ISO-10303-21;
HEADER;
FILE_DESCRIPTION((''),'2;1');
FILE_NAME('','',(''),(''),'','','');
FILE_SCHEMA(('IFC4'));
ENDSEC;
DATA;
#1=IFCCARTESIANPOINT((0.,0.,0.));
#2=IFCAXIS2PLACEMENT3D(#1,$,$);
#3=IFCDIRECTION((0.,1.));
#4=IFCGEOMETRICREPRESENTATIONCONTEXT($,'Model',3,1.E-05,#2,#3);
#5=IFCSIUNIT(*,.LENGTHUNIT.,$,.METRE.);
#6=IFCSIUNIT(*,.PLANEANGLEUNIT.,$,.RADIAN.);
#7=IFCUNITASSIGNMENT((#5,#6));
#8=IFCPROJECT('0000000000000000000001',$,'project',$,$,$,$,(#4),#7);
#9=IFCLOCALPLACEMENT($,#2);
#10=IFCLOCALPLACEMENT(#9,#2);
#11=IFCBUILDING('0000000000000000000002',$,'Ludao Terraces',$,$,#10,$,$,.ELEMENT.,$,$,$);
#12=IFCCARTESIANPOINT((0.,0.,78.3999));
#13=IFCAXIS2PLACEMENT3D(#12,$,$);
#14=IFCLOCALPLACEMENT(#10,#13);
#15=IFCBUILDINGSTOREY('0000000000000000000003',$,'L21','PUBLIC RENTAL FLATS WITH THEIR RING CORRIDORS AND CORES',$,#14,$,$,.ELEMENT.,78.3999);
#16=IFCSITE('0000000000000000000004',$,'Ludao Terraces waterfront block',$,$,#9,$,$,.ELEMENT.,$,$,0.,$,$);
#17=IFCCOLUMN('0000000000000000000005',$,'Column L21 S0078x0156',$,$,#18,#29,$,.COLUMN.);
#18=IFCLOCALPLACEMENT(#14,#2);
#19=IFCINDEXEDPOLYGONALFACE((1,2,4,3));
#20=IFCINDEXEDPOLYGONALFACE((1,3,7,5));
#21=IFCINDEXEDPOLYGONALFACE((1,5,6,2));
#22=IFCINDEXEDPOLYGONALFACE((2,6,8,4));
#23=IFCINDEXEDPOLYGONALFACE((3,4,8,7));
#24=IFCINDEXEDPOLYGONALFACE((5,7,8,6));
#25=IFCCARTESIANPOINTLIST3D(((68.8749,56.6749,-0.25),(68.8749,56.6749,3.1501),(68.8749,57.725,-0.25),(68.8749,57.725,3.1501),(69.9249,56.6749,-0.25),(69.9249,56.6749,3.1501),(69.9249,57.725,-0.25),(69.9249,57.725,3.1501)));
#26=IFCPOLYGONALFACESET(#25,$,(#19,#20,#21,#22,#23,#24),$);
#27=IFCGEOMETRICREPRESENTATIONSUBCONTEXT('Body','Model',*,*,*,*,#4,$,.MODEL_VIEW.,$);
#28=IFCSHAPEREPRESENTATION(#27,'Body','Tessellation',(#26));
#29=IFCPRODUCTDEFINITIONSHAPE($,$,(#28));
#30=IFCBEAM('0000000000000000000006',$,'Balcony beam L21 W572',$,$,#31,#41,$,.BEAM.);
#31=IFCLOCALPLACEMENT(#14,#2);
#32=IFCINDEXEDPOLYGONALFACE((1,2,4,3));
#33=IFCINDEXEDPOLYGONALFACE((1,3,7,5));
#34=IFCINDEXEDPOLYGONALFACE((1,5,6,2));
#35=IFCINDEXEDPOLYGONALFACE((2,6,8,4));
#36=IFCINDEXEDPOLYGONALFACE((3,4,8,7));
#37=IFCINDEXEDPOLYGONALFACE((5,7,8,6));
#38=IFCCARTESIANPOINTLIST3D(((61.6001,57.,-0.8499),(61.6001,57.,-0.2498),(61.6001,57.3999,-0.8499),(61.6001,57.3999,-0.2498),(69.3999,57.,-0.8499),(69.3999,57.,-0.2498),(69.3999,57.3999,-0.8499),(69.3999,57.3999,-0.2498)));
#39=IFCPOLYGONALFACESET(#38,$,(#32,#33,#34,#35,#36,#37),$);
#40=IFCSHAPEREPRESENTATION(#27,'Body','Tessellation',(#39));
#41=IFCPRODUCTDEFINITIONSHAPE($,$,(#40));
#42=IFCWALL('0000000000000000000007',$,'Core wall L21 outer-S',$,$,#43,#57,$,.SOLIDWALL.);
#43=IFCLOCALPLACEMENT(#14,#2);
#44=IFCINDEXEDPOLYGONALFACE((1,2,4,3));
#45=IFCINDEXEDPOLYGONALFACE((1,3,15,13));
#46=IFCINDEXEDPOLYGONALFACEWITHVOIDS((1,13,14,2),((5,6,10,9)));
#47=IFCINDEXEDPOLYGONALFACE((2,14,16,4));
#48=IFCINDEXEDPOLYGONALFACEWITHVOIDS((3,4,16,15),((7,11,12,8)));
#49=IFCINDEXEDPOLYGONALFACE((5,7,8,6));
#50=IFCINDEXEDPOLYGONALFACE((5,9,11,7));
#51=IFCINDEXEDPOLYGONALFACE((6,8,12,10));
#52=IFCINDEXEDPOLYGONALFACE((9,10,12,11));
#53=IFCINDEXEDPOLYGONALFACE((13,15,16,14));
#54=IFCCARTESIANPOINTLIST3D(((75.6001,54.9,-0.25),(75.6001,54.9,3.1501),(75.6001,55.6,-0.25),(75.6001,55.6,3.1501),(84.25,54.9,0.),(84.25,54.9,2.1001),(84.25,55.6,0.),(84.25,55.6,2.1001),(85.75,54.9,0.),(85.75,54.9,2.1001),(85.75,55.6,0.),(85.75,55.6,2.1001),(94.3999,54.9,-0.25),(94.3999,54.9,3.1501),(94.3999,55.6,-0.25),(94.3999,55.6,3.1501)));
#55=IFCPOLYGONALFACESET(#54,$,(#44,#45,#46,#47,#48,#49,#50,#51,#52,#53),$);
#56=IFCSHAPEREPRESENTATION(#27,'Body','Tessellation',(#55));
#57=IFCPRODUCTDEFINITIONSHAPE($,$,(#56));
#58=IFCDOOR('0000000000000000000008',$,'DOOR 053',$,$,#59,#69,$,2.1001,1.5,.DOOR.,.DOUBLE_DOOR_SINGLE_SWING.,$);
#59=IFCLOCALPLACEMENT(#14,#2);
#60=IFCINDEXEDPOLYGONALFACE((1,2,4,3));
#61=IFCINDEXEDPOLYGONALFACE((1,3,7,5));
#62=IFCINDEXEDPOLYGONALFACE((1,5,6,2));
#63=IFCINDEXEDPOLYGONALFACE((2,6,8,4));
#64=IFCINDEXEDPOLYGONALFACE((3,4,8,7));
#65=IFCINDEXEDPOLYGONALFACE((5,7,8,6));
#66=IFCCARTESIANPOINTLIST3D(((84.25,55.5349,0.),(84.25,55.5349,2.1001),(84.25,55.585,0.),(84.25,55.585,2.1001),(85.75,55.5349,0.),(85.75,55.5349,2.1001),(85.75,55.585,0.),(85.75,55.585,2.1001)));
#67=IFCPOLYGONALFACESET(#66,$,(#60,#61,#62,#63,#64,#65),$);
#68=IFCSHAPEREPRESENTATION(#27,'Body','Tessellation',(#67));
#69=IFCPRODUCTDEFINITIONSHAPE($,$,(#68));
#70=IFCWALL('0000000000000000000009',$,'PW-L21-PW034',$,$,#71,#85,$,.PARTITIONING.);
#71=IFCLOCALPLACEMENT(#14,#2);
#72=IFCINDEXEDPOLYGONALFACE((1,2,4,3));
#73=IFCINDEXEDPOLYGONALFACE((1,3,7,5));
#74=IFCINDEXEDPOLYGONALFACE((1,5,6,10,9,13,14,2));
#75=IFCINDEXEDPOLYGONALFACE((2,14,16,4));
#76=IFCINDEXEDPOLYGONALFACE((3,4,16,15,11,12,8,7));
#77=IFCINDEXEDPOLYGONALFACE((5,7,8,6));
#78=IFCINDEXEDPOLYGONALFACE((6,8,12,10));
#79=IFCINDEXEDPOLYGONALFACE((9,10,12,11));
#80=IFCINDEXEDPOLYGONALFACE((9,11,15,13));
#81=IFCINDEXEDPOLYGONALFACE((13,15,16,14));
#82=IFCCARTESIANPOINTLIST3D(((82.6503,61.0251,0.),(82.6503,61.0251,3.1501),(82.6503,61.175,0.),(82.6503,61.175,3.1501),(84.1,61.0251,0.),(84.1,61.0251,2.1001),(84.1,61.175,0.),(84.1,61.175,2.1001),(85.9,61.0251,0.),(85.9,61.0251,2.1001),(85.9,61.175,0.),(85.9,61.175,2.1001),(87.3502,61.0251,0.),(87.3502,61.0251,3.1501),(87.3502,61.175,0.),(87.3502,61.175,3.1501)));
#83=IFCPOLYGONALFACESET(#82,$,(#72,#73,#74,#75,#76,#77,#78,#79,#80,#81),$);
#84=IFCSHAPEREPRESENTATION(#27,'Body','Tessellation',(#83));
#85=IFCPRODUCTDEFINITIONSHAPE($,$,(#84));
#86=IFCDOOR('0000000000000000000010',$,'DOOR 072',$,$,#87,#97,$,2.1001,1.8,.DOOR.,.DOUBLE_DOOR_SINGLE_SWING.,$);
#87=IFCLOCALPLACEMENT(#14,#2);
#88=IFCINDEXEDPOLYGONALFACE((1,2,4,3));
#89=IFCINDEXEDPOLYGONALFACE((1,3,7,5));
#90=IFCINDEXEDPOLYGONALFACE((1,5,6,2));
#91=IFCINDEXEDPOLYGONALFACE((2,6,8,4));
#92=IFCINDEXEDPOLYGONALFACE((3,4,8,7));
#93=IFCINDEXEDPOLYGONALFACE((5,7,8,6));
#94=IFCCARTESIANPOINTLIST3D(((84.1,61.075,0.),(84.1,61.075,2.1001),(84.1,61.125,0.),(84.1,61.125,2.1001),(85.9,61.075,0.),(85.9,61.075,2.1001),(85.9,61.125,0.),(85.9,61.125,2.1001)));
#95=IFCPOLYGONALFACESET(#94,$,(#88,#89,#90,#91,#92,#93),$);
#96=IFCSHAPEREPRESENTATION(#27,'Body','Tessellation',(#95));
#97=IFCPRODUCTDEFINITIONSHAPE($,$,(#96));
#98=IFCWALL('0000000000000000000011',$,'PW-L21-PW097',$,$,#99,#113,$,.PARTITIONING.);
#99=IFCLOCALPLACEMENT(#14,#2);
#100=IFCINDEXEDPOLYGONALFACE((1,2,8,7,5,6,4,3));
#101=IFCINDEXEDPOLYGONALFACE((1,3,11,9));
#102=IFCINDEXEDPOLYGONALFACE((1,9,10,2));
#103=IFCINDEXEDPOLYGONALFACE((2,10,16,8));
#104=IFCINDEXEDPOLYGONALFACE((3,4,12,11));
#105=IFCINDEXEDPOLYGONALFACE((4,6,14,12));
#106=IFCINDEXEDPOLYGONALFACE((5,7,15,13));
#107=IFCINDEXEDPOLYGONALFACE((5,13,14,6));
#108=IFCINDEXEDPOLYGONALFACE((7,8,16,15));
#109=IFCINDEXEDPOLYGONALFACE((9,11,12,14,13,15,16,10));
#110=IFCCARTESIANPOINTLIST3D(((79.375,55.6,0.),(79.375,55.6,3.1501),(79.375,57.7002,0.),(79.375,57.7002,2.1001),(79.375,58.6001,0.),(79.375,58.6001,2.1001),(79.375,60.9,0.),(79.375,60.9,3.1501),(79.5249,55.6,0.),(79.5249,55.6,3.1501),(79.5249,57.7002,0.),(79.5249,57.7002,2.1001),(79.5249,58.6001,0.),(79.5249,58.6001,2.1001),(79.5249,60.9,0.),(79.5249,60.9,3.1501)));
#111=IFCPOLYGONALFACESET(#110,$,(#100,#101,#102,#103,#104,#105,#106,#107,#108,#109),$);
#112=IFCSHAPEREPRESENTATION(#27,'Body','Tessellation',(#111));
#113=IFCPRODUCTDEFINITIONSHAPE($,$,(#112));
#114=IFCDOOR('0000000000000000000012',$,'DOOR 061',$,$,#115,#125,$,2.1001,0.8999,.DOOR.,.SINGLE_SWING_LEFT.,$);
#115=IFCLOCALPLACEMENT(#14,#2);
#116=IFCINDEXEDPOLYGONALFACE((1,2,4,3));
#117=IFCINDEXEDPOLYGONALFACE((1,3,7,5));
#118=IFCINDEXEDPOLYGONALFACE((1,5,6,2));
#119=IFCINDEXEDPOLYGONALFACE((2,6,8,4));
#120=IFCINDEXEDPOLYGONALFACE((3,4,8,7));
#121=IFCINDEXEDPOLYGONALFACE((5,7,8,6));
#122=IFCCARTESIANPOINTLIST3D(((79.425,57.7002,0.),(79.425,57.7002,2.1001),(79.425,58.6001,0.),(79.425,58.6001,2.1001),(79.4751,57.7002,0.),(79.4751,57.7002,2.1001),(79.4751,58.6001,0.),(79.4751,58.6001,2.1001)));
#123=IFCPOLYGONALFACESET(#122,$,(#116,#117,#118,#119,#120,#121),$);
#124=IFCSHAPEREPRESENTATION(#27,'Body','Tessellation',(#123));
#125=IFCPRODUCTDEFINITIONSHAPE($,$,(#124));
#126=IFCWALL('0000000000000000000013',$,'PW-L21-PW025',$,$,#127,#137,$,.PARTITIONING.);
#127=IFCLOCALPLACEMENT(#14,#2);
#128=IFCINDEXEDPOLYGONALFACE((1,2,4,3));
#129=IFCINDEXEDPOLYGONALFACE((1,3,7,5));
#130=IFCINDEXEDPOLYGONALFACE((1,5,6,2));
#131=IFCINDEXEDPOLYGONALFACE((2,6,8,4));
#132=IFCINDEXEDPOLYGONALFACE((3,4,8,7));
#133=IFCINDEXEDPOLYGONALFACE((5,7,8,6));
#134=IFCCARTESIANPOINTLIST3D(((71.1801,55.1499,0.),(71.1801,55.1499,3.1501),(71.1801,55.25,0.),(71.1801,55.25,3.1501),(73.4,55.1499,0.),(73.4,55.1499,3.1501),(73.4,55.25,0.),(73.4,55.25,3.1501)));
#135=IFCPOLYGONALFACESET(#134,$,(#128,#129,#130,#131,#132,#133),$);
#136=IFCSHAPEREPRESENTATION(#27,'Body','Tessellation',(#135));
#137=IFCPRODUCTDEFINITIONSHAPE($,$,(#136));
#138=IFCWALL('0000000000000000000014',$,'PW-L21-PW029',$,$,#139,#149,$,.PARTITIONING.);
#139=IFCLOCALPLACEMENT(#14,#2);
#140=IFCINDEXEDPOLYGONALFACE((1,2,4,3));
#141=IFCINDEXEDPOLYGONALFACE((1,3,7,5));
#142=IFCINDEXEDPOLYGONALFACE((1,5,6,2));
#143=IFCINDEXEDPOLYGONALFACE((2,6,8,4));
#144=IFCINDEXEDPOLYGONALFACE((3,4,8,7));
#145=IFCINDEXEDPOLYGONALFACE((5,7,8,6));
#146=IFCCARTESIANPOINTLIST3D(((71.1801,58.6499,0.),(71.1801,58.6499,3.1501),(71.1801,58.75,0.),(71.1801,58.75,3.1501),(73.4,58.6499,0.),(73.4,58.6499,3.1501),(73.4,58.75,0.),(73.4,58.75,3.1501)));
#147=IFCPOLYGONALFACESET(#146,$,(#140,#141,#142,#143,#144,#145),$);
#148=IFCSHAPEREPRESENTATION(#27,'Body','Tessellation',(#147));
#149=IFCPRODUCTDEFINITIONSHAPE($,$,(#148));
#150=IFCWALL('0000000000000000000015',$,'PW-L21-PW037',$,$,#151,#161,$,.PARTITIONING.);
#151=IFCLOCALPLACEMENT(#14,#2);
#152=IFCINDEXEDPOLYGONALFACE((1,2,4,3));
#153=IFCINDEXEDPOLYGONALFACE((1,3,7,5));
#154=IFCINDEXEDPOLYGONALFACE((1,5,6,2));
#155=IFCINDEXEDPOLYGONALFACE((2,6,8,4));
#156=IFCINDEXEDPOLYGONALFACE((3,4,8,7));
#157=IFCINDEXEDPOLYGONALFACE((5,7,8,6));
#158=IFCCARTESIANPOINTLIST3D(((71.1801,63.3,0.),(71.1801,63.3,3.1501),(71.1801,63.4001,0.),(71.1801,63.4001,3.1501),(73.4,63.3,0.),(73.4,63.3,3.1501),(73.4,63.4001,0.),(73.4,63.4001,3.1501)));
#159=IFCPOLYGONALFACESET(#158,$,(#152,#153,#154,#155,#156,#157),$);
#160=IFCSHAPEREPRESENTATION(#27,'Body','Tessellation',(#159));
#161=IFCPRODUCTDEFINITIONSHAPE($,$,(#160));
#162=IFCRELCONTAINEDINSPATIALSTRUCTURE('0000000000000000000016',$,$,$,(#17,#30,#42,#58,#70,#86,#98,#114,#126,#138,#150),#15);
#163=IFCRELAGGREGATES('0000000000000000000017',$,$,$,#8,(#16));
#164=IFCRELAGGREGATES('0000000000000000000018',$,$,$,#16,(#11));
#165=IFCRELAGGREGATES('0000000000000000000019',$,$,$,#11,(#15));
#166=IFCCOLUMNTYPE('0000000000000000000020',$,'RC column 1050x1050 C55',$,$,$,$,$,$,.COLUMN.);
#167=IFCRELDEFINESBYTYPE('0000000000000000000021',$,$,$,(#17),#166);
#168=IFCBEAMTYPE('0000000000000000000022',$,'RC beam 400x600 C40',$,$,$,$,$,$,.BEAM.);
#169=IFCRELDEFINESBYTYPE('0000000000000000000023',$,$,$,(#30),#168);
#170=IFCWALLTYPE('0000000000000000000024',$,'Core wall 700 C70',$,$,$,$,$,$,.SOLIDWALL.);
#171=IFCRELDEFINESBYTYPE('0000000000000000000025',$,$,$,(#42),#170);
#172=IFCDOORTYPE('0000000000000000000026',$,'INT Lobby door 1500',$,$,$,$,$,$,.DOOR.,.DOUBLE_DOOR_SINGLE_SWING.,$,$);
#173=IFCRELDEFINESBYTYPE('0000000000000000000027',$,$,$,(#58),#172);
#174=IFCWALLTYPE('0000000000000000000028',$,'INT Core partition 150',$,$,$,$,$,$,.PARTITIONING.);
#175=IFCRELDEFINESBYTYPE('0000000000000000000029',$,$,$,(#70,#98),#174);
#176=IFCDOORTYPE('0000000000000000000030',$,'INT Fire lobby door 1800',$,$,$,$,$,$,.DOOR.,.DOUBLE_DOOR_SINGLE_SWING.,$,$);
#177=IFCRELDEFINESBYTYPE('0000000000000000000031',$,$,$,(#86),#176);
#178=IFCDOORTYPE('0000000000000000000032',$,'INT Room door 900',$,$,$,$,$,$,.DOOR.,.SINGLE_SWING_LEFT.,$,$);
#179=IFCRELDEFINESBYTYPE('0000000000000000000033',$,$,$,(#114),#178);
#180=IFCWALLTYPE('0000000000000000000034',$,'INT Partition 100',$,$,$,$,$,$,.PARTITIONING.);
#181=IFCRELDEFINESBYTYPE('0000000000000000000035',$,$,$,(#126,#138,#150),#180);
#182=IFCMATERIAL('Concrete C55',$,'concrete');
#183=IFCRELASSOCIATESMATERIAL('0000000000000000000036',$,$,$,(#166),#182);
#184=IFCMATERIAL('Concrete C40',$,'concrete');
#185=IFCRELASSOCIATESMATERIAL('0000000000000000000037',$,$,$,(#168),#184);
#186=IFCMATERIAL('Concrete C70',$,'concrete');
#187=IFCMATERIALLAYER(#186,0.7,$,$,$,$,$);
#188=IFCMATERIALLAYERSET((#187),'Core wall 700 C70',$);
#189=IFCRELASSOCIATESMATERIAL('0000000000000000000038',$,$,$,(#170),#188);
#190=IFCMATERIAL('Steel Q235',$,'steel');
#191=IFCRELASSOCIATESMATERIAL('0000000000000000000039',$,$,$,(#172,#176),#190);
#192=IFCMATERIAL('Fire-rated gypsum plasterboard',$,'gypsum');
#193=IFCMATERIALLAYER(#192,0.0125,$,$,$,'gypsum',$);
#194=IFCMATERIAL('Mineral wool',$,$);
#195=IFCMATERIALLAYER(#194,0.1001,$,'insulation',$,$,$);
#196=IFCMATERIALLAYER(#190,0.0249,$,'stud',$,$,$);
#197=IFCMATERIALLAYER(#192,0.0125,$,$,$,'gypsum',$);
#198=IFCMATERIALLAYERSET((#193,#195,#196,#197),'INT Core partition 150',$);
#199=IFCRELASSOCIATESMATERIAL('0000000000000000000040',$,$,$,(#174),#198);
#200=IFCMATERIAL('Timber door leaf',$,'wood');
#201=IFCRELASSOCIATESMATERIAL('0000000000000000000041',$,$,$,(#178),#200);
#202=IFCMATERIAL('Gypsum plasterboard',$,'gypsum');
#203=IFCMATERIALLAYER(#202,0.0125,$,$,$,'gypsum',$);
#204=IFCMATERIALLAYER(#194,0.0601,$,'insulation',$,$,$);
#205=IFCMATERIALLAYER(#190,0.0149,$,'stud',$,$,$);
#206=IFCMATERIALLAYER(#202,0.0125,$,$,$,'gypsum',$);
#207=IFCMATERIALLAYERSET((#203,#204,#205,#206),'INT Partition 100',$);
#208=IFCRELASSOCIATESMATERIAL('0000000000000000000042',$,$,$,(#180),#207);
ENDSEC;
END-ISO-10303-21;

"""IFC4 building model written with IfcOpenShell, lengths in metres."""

from ifc_helpers import new_model, si_unit, direction, frame, frame_2d, origin, origin_2d, place, context, subcontext, project, spatial, rectangle, extrude, material, layer, layer_set, material_profile, profile_set, type_object, element, fill, save


model = new_model("IFC4")

# Units and contexts
model_context = context("Model", 3, precision=1e-05, world=origin(), true_north=direction((0.0, 1.0)))
body_context = subcontext(model_context, "Body", "Model", "MODEL_VIEW")
ifc_project = project(units=[si_unit("LENGTHUNIT", "METRE"), si_unit("PLANEANGLEUNIT", "RADIAN")], contexts=[model_context])

# Site, building, storey
site_placement = place(None, origin())
site = spatial("IfcSite", under=ifc_project, at=site_placement, Name="Ludao Terraces waterfront block", CompositionType="ELEMENT", RefElevation=0.0)
building_placement = place(site_placement, origin())
building = spatial("IfcBuilding", under=site, at=building_placement, Name="Ludao Terraces", CompositionType="ELEMENT")
storey_placement = place(building_placement, frame((0.0, 0.0, 78.3999)))
storey = spatial("IfcBuildingStorey", under=building, at=storey_placement, Name="L21", Description="PUBLIC RENTAL FLATS WITH THEIR RING CORRIDORS AND CORES", CompositionType="ELEMENT", Elevation=78.3999)

# Column
ifc_material_1 = material(Name="Concrete C55", Category="concrete")
ifc_material_profile_1 = material_profile(ifc_material_1, rectangle(XDim=1.05, YDim=1.05, at=origin_2d()), Name="1050 X 1050")
ifc_profile_set_1 = profile_set([ifc_material_profile_1], Name="Concrete C55")
column_type = type_object("IfcColumnType", Name="RC column 1050x1050 C55", PredefinedType="COLUMN", material=ifc_profile_set_1)
column_placement = place(storey_placement, frame((69.3999, 57.2, -0.25), z_axis=(0.0, 0.0, 1.0), x_axis=(1.0, 0.0, 0.0)))
element("IfcColumn", 1, at=column_placement, inside=storey, type_object=column_type, Name="Column L21 S0078x0156", PredefinedType="COLUMN", context=body_context, shape_type="SweptSolid", body=[
    extrude(rectangle(XDim=1.05, YDim=1.05, at=origin_2d()), origin(), (0.0, 0.0, 1.0), 3.4001),
])

# Beam
ifc_material_2 = material(Name="Concrete C40", Category="concrete")
ifc_material_profile_2 = material_profile(ifc_material_2, rectangle(XDim=0.3999, YDim=0.6001, at=origin_2d()), Name="400 X 600")
ifc_profile_set_2 = profile_set([ifc_material_profile_2], Name="Concrete C40")
beam_type = type_object("IfcBeamType", Name="RC beam 400x600 C40", PredefinedType="BEAM", material=ifc_profile_set_2)
beam_placement = place(storey_placement, frame((69.3999, 57.2, -0.5498), z_axis=(-1.0, 0.0, 0.0), x_axis=(0.0, -1.0, 0.0)))
element("IfcBeam", 2, at=beam_placement, inside=storey, type_object=beam_type, Name="Balcony beam L21 W572", PredefinedType="BEAM", context=body_context, shape_type="SweptSolid", body=[
    extrude(rectangle(XDim=0.3999, YDim=0.6001, at=origin_2d()), origin(), (0.0, 0.0, 1.0), 7.7998),
])

# Walls, openings, doors
ifc_material_3 = material(Name="Concrete C70", Category="concrete")
ifc_layer_1 = layer(ifc_material_3, 0.7)
ifc_layer_set_1 = layer_set([ifc_layer_1], Name="Core wall 700 C70")
wall_type_1 = type_object("IfcWallType", Name="Core wall 700 C70", PredefinedType="SOLIDWALL", material=ifc_layer_set_1)
wall_1_placement = place(storey_placement, frame((75.6001, 55.25, -0.25), z_axis=(0.0, 0.0, 1.0), x_axis=(1.0, 0.0, 0.0)))
wall_1 = element("IfcWall", 3, at=wall_1_placement, inside=storey, type_object=wall_type_1, Name="Core wall L21 outer-S", PredefinedType="SOLIDWALL", context=body_context, shape_type="SweptSolid", body=[
    extrude(rectangle(XDim=18.7998, YDim=0.7, at=frame_2d((9.3999, 0.0))), origin(), (0.0, 0.0, 1.0), 3.4001),
])
opening_1_placement = place(wall_1_placement, frame((8.6499, 0.0, 0.25)))
opening_1 = element("IfcOpeningElement", 4, at=opening_1_placement, cuts=wall_1, PredefinedType="OPENING", context=body_context, shape_type="SweptSolid", body=[
    extrude(rectangle(XDim=1.5, YDim=2.1001, at=frame_2d((0.75, 1.05))), frame((0.0, 0.3599, 0.0), z_axis=(0.0, -1.0, 0.0), x_axis=(1.0, 0.0, 0.0)), (0.0, 0.0, 1.0), 0.72),
])
ifc_material_4 = material(Name="Steel Q235", Category="steel")
door_type_1 = type_object("IfcDoorType", Name="INT Lobby door 1500", OperationType="DOUBLE_DOOR_SINGLE_SWING", PredefinedType="DOOR", material=ifc_material_4)
door_1_placement = place(opening_1_placement, origin())
door_1 = element("IfcDoor", 5, at=door_1_placement, inside=storey, type_object=door_type_1, Name="DOOR 053", OperationType="DOUBLE_DOOR_SINGLE_SWING", OverallHeight=2.1001, OverallWidth=1.5, PredefinedType="DOOR", context=body_context, shape_type="SweptSolid", body=[
    extrude(rectangle(XDim=1.5, YDim=2.1001, at=frame_2d((0.75, 1.05))), frame((0.0, 0.335, 0.0), z_axis=(0.0, -1.0, 0.0), x_axis=(1.0, 0.0, 0.0)), (0.0, 0.0, 1.0), 0.05),
])
fill(opening_1, door_1)
ifc_material_5 = material(Name="Fire-rated gypsum plasterboard", Category="gypsum")
ifc_layer_2 = layer(ifc_material_5, 0.0125, Category="gypsum")
ifc_material_6 = material(Name="Mineral wool")
ifc_layer_3 = layer(ifc_material_6, 0.1001, Name="insulation")
ifc_layer_4 = layer(ifc_material_4, 0.0249, Name="stud")
ifc_layer_5 = layer(ifc_material_5, 0.0125, Category="gypsum")
ifc_layer_set_2 = layer_set([ifc_layer_2, ifc_layer_3, ifc_layer_4, ifc_layer_5], Name="INT Core partition 150")
wall_type_2 = type_object("IfcWallType", Name="INT Core partition 150", PredefinedType="PARTITIONING", material=ifc_layer_set_2)
wall_2_placement = place(storey_placement, frame((82.6501, 61.1001, 0.0), z_axis=(0.0, 0.0, 1.0), x_axis=(1.0, 0.0, 0.0)))
wall_2 = element("IfcWall", 6, at=wall_2_placement, inside=storey, type_object=wall_type_2, Name="PW-L21-PW034", PredefinedType="PARTITIONING", context=body_context, shape_type="SweptSolid", body=[
    extrude(rectangle(XDim=4.7, YDim=0.1499, at=frame_2d((2.3501, 0.0))), origin(), (0.0, 0.0, 1.0), 3.1501),
])
opening_2_placement = place(wall_2_placement, frame((1.45, 0.0, 0.0)))
opening_2 = element("IfcOpeningElement", 7, at=opening_2_placement, cuts=wall_2, PredefinedType="OPENING", context=body_context, shape_type="SweptSolid", body=[
    extrude(rectangle(XDim=1.8, YDim=2.1001, at=frame_2d((0.8999, 1.05))), frame((0.0, 0.085, 0.0), z_axis=(0.0, -1.0, 0.0), x_axis=(1.0, 0.0, 0.0)), (0.0, 0.0, 1.0), 0.1699),
])
door_type_2 = type_object("IfcDoorType", Name="INT Fire lobby door 1800", OperationType="DOUBLE_DOOR_SINGLE_SWING", PredefinedType="DOOR", material=ifc_material_4)
door_2_placement = place(opening_2_placement, origin())
door_2 = element("IfcDoor", 8, at=door_2_placement, inside=storey, type_object=door_type_2, Name="DOOR 072", OperationType="DOUBLE_DOOR_SINGLE_SWING", OverallHeight=2.1001, OverallWidth=1.8, PredefinedType="DOOR", context=body_context, shape_type="SweptSolid", body=[
    extrude(rectangle(XDim=1.8, YDim=2.1001, at=frame_2d((0.8999, 1.05))), frame((0.0, 0.0249, 0.0), z_axis=(0.0, -1.0, 0.0), x_axis=(1.0, 0.0, 0.0)), (0.0, 0.0, 1.0), 0.05),
])
fill(opening_2, door_2)
wall_3_placement = place(storey_placement, frame((79.45, 55.6001, 0.0), z_axis=(0.0, 0.0, 1.0), x_axis=(0.0, 1.0, 0.0)))
wall_3 = element("IfcWall", 9, at=wall_3_placement, inside=storey, type_object=wall_type_2, Name="PW-L21-PW097", PredefinedType="PARTITIONING", context=body_context, shape_type="SweptSolid", body=[
    extrude(rectangle(XDim=5.3, YDim=0.1499, at=frame_2d((2.6499, 0.0))), origin(), (0.0, 0.0, 1.0), 3.1501),
])
opening_3_placement = place(wall_3_placement, frame((2.1001, 0.0, 0.0)))
opening_3 = element("IfcOpeningElement", 10, at=opening_3_placement, cuts=wall_3, PredefinedType="OPENING", context=body_context, shape_type="SweptSolid", body=[
    extrude(rectangle(XDim=0.8999, YDim=2.1001, at=frame_2d((0.45, 1.05))), frame((0.0, 0.085, 0.0), z_axis=(0.0, -1.0, 0.0), x_axis=(1.0, 0.0, 0.0)), (0.0, 0.0, 1.0), 0.1699),
])
ifc_material_7 = material(Name="Timber door leaf", Category="wood")
door_type_3 = type_object("IfcDoorType", Name="INT Room door 900", OperationType="SINGLE_SWING_LEFT", PredefinedType="DOOR", material=ifc_material_7)
door_3_placement = place(opening_3_placement, origin())
door_3 = element("IfcDoor", 11, at=door_3_placement, inside=storey, type_object=door_type_3, Name="DOOR 061", OperationType="SINGLE_SWING_LEFT", OverallHeight=2.1001, OverallWidth=0.8999, PredefinedType="DOOR", context=body_context, shape_type="SweptSolid", body=[
    extrude(rectangle(XDim=0.8999, YDim=2.1001, at=frame_2d((0.45, 1.05))), frame((0.0, 0.0249, 0.0), z_axis=(0.0, -1.0, 0.0), x_axis=(1.0, 0.0, 0.0)), (0.0, 0.0, 1.0), 0.05),
])
fill(opening_3, door_3)

# Walls
ifc_material_8 = material(Name="Gypsum plasterboard", Category="gypsum")
ifc_layer_6 = layer(ifc_material_8, 0.0125, Category="gypsum")
ifc_layer_7 = layer(ifc_material_6, 0.0601, Name="insulation")
ifc_layer_8 = layer(ifc_material_4, 0.0149, Name="stud")
ifc_layer_9 = layer(ifc_material_8, 0.0125, Category="gypsum")
ifc_layer_set_3 = layer_set([ifc_layer_6, ifc_layer_7, ifc_layer_8, ifc_layer_9], Name="INT Partition 100")
wall_type_3 = type_object("IfcWallType", Name="INT Partition 100", PredefinedType="PARTITIONING", material=ifc_layer_set_3)
for number, where, z_axis, x_axis, name in (
    (12, (71.1802, 55.2, 0.0), (0.0, 0.0, 1.0), (1.0, 0.0, 0.0), "PW-L21-PW025"),
    (13, (71.1802, 58.7, 0.0), (0.0, 0.0, 1.0), (1.0, 0.0, 0.0), "PW-L21-PW029"),
    (14, (71.1802, 63.3501, 0.0), (0.0, 0.0, 1.0), (1.0, 0.0, 0.0), "PW-L21-PW037"),
):
    element("IfcWall", number, at=place(storey_placement, frame(where, z_axis=z_axis, x_axis=x_axis)), inside=storey, type_object=wall_type_3, Name=name, PredefinedType="PARTITIONING", context=body_context, shape_type="SweptSolid", body=[
        extrude(rectangle(XDim=2.22, YDim=0.1001, at=frame_2d((1.1099, 0.0))), origin(), (0.0, 0.0, 1.0), 3.1501),
    ])

save(model, "model.ifc")
